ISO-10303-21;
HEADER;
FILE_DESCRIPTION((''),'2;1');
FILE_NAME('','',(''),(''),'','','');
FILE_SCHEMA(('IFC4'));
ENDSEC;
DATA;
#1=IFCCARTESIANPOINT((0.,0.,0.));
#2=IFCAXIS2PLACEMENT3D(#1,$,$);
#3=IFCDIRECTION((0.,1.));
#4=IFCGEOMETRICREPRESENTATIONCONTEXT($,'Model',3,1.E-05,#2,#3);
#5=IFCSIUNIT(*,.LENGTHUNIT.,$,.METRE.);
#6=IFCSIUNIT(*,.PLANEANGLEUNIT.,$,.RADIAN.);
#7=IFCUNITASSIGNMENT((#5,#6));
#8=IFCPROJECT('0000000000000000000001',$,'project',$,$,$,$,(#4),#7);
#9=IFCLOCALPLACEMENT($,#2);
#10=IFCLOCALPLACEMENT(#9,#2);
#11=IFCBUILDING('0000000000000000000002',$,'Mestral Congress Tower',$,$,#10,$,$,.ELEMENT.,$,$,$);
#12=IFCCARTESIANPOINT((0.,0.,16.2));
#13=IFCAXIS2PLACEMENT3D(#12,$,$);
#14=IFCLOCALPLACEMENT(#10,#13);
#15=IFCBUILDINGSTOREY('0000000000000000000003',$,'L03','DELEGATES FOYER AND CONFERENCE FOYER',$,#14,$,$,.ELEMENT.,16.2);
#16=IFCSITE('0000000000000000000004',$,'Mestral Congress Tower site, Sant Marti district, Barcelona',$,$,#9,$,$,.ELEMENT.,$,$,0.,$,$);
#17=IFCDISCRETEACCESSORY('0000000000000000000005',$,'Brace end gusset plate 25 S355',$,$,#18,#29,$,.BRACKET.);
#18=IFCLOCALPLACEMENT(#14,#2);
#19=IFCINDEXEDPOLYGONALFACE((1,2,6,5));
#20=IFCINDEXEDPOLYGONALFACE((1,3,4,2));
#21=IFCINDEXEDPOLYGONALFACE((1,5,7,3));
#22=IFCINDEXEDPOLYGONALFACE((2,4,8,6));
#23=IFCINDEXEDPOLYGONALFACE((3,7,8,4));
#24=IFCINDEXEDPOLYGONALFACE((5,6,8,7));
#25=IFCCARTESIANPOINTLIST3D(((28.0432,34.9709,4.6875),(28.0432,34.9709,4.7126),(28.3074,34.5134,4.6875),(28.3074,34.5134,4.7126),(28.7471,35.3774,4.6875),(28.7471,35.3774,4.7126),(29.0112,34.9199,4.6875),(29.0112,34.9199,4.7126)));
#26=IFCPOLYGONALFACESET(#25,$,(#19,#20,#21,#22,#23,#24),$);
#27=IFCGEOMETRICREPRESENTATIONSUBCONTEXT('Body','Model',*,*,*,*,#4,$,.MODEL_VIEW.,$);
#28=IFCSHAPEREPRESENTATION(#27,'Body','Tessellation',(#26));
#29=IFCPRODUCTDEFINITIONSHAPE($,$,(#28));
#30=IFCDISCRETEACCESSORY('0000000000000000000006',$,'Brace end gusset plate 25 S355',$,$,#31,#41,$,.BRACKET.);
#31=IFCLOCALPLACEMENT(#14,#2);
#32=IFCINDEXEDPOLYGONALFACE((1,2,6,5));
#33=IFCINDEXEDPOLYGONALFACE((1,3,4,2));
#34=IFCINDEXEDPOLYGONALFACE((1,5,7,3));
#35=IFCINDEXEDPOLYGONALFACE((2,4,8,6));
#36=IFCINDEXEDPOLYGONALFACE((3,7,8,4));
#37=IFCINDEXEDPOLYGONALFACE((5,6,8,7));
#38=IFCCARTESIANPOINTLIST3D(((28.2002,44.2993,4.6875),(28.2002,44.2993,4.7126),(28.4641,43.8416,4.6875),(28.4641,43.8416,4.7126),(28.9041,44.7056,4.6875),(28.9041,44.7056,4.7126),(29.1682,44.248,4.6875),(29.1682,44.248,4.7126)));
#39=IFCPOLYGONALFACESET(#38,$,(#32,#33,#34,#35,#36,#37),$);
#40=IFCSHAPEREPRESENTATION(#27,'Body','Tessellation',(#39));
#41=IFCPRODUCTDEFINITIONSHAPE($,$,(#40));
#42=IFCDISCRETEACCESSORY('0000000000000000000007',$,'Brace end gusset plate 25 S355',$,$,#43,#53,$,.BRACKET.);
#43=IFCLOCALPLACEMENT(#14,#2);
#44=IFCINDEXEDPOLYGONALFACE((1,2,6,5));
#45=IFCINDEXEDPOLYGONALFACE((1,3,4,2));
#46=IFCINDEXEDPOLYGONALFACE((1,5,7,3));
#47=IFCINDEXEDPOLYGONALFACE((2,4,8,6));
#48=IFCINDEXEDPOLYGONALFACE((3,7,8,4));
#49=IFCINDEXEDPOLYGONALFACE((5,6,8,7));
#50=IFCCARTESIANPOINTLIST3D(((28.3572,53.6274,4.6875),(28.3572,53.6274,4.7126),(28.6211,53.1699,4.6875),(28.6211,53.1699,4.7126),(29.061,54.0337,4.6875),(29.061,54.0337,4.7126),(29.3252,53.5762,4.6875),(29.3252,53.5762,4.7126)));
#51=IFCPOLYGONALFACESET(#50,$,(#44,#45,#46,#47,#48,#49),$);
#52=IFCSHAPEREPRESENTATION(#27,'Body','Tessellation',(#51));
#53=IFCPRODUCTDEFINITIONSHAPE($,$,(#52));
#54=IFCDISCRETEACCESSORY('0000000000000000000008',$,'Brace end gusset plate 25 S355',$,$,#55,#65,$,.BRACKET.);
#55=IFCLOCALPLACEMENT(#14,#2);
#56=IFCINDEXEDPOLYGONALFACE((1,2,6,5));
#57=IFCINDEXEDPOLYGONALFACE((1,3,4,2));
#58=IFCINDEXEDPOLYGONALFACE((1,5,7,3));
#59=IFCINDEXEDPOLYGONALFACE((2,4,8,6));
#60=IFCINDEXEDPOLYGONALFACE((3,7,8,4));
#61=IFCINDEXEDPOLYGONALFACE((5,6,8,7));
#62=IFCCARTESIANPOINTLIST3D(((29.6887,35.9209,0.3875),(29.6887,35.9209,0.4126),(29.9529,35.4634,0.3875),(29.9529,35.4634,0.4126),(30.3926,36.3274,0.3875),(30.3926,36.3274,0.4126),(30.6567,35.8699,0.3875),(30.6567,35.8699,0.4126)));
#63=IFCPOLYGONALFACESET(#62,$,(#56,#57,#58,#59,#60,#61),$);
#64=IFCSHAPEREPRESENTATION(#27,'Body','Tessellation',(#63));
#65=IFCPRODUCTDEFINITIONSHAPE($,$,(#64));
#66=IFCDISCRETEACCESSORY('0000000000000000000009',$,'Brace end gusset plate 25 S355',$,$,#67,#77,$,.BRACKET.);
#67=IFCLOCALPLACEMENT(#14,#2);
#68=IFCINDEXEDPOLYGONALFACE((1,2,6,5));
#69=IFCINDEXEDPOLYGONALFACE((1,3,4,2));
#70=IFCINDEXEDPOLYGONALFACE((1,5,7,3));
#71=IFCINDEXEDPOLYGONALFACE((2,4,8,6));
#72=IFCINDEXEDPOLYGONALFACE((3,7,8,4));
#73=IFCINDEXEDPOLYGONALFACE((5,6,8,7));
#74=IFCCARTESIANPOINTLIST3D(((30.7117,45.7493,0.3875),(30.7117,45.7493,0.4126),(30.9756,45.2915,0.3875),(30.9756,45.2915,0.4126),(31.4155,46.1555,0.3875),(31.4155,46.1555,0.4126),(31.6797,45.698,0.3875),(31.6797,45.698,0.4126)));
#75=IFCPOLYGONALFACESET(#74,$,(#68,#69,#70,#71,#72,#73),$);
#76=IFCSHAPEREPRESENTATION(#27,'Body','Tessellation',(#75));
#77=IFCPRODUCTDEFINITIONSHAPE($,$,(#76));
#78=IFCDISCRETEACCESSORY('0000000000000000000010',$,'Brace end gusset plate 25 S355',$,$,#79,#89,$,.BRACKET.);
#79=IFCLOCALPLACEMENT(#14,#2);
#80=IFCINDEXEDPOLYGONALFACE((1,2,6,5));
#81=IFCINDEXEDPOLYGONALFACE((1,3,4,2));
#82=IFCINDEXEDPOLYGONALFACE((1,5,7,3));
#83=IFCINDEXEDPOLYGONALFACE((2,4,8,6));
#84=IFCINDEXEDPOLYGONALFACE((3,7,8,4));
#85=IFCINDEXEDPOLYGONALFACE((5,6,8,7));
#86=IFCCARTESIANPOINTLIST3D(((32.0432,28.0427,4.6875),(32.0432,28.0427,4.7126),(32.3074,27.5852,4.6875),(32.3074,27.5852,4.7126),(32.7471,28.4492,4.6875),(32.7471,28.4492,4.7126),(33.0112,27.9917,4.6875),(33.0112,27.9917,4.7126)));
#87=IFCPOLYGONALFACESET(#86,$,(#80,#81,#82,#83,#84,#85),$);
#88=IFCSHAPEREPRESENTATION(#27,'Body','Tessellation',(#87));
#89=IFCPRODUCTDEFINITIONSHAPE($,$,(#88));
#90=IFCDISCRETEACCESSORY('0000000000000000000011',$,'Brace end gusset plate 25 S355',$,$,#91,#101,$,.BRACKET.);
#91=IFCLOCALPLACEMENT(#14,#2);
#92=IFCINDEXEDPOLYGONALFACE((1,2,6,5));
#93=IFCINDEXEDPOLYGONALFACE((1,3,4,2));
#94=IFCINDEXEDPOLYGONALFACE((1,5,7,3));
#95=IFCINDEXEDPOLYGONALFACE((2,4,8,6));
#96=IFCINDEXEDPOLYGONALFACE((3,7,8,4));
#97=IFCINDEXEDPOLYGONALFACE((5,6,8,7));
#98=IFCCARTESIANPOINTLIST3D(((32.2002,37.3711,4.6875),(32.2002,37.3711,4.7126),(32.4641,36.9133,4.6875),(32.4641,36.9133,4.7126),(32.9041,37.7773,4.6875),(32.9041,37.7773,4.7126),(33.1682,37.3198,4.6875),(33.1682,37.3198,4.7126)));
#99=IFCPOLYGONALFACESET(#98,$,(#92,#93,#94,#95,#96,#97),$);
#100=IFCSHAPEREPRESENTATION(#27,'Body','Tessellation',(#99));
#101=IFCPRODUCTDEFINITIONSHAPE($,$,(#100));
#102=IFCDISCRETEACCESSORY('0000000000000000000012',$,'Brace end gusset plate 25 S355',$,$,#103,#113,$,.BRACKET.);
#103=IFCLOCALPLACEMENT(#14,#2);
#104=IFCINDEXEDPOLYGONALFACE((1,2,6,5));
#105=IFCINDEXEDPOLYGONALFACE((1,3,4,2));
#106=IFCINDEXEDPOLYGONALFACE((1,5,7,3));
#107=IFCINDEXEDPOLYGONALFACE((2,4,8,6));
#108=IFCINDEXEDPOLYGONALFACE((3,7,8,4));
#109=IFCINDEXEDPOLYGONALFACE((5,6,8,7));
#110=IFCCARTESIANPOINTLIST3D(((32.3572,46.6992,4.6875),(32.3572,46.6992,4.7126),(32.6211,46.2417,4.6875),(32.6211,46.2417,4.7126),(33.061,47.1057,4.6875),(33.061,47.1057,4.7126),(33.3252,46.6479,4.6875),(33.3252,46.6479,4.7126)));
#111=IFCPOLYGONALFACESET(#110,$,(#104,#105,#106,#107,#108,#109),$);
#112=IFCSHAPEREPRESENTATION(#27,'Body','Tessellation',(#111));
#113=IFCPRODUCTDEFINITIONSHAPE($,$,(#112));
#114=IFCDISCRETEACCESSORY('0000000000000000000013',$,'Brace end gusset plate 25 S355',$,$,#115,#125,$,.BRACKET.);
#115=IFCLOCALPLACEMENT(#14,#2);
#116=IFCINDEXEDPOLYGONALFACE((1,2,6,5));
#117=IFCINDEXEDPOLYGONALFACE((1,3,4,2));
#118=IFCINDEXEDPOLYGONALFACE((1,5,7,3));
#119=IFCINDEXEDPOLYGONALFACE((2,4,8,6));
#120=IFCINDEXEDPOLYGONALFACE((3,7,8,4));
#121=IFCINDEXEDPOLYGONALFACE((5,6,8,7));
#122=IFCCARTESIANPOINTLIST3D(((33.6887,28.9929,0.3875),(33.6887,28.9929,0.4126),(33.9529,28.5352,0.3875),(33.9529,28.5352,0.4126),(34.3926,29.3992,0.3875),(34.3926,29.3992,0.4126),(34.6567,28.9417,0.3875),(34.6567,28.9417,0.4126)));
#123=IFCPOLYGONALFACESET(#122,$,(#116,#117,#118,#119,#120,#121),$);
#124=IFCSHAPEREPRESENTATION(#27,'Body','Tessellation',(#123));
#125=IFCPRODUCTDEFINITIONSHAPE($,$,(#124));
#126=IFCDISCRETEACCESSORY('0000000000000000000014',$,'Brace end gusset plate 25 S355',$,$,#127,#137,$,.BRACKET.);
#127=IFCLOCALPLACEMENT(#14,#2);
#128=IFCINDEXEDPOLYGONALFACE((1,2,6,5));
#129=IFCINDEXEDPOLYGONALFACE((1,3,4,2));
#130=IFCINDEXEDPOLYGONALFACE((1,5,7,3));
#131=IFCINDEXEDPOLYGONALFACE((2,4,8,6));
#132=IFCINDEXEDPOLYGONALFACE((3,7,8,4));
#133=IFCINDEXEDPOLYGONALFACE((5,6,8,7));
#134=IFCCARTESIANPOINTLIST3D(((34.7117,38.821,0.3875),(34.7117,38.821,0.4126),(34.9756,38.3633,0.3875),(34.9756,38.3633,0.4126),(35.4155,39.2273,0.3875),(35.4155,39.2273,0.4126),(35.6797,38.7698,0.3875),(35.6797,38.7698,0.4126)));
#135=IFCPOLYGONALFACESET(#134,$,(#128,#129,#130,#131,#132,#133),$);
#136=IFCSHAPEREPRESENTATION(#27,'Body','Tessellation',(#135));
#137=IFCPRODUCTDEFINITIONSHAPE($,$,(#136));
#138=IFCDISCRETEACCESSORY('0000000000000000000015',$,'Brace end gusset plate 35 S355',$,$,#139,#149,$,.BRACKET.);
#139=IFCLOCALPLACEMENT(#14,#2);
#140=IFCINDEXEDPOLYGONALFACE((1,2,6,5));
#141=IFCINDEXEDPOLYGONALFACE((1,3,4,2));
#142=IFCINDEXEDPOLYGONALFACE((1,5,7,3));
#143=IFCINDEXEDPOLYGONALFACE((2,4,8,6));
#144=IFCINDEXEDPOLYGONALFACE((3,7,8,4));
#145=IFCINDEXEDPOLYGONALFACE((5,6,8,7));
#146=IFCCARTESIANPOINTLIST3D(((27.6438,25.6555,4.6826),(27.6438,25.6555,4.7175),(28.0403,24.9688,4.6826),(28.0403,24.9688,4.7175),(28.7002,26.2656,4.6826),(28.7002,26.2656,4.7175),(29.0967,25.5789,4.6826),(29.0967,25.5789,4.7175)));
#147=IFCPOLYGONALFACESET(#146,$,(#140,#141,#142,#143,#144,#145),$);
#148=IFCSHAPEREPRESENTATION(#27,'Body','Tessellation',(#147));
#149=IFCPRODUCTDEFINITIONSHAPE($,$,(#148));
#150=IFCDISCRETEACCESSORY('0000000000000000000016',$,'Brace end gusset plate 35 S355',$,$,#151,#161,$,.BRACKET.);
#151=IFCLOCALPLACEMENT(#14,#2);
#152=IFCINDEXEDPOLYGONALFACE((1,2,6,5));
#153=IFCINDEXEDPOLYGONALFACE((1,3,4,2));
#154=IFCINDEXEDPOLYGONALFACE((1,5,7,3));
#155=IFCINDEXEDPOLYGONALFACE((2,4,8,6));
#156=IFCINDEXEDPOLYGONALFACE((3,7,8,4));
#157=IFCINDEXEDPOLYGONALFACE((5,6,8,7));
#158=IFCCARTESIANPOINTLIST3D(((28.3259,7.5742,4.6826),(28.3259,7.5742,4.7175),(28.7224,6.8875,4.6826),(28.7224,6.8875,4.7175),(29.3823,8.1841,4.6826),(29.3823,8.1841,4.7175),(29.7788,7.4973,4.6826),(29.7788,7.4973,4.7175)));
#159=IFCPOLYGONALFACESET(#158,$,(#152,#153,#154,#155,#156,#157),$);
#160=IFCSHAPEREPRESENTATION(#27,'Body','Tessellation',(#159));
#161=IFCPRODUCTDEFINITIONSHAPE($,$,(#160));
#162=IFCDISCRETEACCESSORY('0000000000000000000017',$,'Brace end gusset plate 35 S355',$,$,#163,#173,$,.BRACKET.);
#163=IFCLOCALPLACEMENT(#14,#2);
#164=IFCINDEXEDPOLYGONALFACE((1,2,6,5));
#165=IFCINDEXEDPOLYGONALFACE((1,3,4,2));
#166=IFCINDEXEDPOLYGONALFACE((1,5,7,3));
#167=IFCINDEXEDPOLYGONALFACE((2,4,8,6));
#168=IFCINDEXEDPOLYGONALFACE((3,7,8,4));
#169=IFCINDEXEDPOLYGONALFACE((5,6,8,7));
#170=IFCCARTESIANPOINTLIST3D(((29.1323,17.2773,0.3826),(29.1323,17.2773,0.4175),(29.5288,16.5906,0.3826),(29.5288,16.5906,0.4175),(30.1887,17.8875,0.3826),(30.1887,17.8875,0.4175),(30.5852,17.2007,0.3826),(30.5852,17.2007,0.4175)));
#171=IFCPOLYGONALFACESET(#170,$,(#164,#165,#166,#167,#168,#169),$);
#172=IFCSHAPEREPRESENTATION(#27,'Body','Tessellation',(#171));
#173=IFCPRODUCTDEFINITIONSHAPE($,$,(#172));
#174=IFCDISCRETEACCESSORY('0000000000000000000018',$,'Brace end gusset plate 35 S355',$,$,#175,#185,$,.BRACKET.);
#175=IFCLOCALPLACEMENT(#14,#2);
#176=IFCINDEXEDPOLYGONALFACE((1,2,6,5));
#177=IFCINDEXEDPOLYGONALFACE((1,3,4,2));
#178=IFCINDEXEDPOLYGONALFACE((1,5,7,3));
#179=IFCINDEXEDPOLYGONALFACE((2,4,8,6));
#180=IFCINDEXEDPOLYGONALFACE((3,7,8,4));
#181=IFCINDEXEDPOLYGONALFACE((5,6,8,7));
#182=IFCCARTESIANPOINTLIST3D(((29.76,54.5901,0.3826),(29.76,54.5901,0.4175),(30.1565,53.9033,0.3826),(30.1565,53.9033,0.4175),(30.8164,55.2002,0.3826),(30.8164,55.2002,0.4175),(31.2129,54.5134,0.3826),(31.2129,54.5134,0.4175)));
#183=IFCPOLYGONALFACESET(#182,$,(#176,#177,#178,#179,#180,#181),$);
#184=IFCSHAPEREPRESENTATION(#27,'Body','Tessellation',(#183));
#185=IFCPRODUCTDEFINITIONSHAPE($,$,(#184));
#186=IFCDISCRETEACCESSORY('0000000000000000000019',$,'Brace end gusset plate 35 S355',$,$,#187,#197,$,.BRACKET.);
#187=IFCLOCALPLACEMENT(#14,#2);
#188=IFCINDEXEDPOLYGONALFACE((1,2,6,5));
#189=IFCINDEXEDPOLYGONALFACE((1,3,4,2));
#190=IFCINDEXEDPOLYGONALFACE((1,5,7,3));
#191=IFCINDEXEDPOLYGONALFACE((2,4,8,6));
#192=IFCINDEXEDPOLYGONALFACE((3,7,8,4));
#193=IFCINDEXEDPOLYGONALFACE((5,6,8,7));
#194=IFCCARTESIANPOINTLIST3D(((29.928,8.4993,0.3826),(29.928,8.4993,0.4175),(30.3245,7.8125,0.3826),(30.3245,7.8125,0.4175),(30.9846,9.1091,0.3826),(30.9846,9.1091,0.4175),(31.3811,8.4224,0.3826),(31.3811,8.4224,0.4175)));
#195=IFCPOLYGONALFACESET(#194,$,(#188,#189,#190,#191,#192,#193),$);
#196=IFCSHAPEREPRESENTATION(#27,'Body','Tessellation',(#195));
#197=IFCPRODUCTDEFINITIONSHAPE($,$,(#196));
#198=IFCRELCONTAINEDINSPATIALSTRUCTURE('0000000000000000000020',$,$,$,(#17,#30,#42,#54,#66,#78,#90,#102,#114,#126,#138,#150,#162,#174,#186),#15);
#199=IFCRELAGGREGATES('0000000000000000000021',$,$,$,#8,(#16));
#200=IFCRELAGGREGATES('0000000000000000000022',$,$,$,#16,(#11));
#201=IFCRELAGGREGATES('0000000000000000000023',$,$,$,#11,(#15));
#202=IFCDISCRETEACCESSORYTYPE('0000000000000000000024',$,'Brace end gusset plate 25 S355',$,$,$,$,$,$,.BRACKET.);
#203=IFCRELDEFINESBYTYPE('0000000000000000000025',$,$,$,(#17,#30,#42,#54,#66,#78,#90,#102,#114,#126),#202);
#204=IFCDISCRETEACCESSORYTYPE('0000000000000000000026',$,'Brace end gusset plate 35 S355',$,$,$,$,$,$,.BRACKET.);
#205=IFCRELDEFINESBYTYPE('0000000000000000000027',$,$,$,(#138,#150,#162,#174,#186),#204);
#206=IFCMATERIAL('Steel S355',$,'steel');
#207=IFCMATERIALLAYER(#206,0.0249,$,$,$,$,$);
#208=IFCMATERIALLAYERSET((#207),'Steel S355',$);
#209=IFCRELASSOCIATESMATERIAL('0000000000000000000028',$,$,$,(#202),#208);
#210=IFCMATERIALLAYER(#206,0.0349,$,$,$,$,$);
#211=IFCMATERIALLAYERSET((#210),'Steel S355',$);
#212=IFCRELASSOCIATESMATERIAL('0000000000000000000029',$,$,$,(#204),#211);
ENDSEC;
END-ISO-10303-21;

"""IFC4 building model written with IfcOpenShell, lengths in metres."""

from ifc_helpers import new_model, si_unit, direction, frame, origin, place, context, subcontext, project, spatial, polyline, outline, extrude, material, layer, layer_set, type_object, element, save


model = new_model("IFC4")

# Units and contexts
model_context = context("Model", 3, precision=1e-05, world=origin(), true_north=direction((0.0, 1.0)))
body_context = subcontext(model_context, "Body", "Model", "MODEL_VIEW")
ifc_project = project(units=[si_unit("LENGTHUNIT", "METRE"), si_unit("PLANEANGLEUNIT", "RADIAN")], contexts=[model_context])

# Site, building, storey
site_placement = place(None, origin())
site = spatial("IfcSite", under=ifc_project, at=site_placement, Name="Mestral Congress Tower site, Sant Marti district, Barcelona", CompositionType="ELEMENT", RefElevation=0.0)
building_placement = place(site_placement, origin())
building = spatial("IfcBuilding", under=site, at=building_placement, Name="Mestral Congress Tower", CompositionType="ELEMENT")
storey_placement = place(building_placement, frame((0.0, 0.0, 16.2)))
storey = spatial("IfcBuildingStorey", under=building, at=storey_placement, Name="L03", Description="DELEGATES FOYER AND CONFERENCE FOYER", CompositionType="ELEMENT", Elevation=16.2)

# Discrete accessories
ifc_material = material(Name="Steel S355", Category="steel")
ifc_layer_1 = layer(ifc_material, 0.0249)
ifc_layer_set_1 = layer_set([ifc_layer_1], Name="Steel S355")
discrete_accessory_type_1 = type_object("IfcDiscreteAccessoryType", Name="Brace end gusset plate 25 S355", PredefinedType="BRACKET", material=ifc_layer_set_1)
placement_1 = place(storey_placement, frame((0.0, 0.0, 4.6875)))
element("IfcDiscreteAccessory", 1, at=placement_1, inside=storey, type_object=discrete_accessory_type_1, Name="Brace end gusset plate 25 S355", PredefinedType="BRACKET", context=body_context, shape_type="SweptSolid", body=[
    extrude(outline(polyline([(28.7471, 35.3774), (28.0432, 34.9709), (28.3074, 34.5134), (29.0112, 34.9199), (28.7471, 35.3774)])), origin(), (0.0, 0.0, 1.0), 0.0251),
])
element("IfcDiscreteAccessory", 2, at=placement_1, inside=storey, type_object=discrete_accessory_type_1, Name="Brace end gusset plate 25 S355", PredefinedType="BRACKET", context=body_context, shape_type="SweptSolid", body=[
    extrude(outline(polyline([(28.9041, 44.7056), (28.2002, 44.2993), (28.4641, 43.8416), (29.1682, 44.248), (28.9041, 44.7056)])), origin(), (0.0, 0.0, 1.0), 0.0251),
])
element("IfcDiscreteAccessory", 3, at=placement_1, inside=storey, type_object=discrete_accessory_type_1, Name="Brace end gusset plate 25 S355", PredefinedType="BRACKET", context=body_context, shape_type="SweptSolid", body=[
    extrude(outline(polyline([(29.061, 54.0337), (28.3572, 53.6274), (28.6211, 53.1699), (29.3252, 53.5762), (29.061, 54.0337)])), origin(), (0.0, 0.0, 1.0), 0.0251),
])
placement_2 = place(storey_placement, frame((0.0, 0.0, 0.3875)))
element("IfcDiscreteAccessory", 4, at=placement_2, inside=storey, type_object=discrete_accessory_type_1, Name="Brace end gusset plate 25 S355", PredefinedType="BRACKET", context=body_context, shape_type="SweptSolid", body=[
    extrude(outline(polyline([(30.3926, 36.3274), (29.6887, 35.9209), (29.9529, 35.4634), (30.6567, 35.8699), (30.3926, 36.3274)])), origin(), (0.0, 0.0, 1.0), 0.0251),
])
element("IfcDiscreteAccessory", 5, at=placement_2, inside=storey, type_object=discrete_accessory_type_1, Name="Brace end gusset plate 25 S355", PredefinedType="BRACKET", context=body_context, shape_type="SweptSolid", body=[
    extrude(outline(polyline([(31.4155, 46.1555), (30.7117, 45.7493), (30.9756, 45.2915), (31.6797, 45.698), (31.4155, 46.1555)])), origin(), (0.0, 0.0, 1.0), 0.0251),
])
element("IfcDiscreteAccessory", 6, at=placement_1, inside=storey, type_object=discrete_accessory_type_1, Name="Brace end gusset plate 25 S355", PredefinedType="BRACKET", context=body_context, shape_type="SweptSolid", body=[
    extrude(outline(polyline([(32.7471, 28.4492), (32.0432, 28.0427), (32.3074, 27.5852), (33.0112, 27.9917), (32.7471, 28.4492)])), origin(), (0.0, 0.0, 1.0), 0.0251),
])
element("IfcDiscreteAccessory", 7, at=placement_1, inside=storey, type_object=discrete_accessory_type_1, Name="Brace end gusset plate 25 S355", PredefinedType="BRACKET", context=body_context, shape_type="SweptSolid", body=[
    extrude(outline(polyline([(32.9041, 37.7773), (32.2002, 37.3711), (32.4641, 36.9133), (33.1682, 37.3198), (32.9041, 37.7773)])), origin(), (0.0, 0.0, 1.0), 0.0251),
])
element("IfcDiscreteAccessory", 8, at=placement_1, inside=storey, type_object=discrete_accessory_type_1, Name="Brace end gusset plate 25 S355", PredefinedType="BRACKET", context=body_context, shape_type="SweptSolid", body=[
    extrude(outline(polyline([(33.061, 47.1057), (32.3572, 46.6992), (32.6211, 46.2417), (33.3252, 46.6479), (33.061, 47.1057)])), origin(), (0.0, 0.0, 1.0), 0.0251),
])
element("IfcDiscreteAccessory", 9, at=placement_2, inside=storey, type_object=discrete_accessory_type_1, Name="Brace end gusset plate 25 S355", PredefinedType="BRACKET", context=body_context, shape_type="SweptSolid", body=[
    extrude(outline(polyline([(34.3926, 29.3992), (33.6887, 28.9929), (33.9529, 28.5352), (34.6567, 28.9417), (34.3926, 29.3992)])), origin(), (0.0, 0.0, 1.0), 0.0251),
])
element("IfcDiscreteAccessory", 10, at=placement_2, inside=storey, type_object=discrete_accessory_type_1, Name="Brace end gusset plate 25 S355", PredefinedType="BRACKET", context=body_context, shape_type="SweptSolid", body=[
    extrude(outline(polyline([(35.4155, 39.2273), (34.7117, 38.821), (34.9756, 38.3633), (35.6797, 38.7698), (35.4155, 39.2273)])), origin(), (0.0, 0.0, 1.0), 0.0251),
])
ifc_layer_2 = layer(ifc_material, 0.0349)
ifc_layer_set_2 = layer_set([ifc_layer_2], Name="Steel S355")
discrete_accessory_type_2 = type_object("IfcDiscreteAccessoryType", Name="Brace end gusset plate 35 S355", PredefinedType="BRACKET", material=ifc_layer_set_2)
placement_3 = place(storey_placement, frame((0.0, 0.0, 4.6826)))
element("IfcDiscreteAccessory", 11, at=placement_3, inside=storey, type_object=discrete_accessory_type_2, Name="Brace end gusset plate 35 S355", PredefinedType="BRACKET", context=body_context, shape_type="SweptSolid", body=[
    extrude(outline(polyline([(28.7002, 26.2656), (27.6438, 25.6555), (28.0403, 24.9688), (29.0967, 25.5789), (28.7002, 26.2656)])), origin(), (0.0, 0.0, 1.0), 0.0349),
])
element("IfcDiscreteAccessory", 12, at=placement_3, inside=storey, type_object=discrete_accessory_type_2, Name="Brace end gusset plate 35 S355", PredefinedType="BRACKET", context=body_context, shape_type="SweptSolid", body=[
    extrude(outline(polyline([(29.3823, 8.1841), (28.3259, 7.5742), (28.7224, 6.8875), (29.7788, 7.4973), (29.3823, 8.1841)])), origin(), (0.0, 0.0, 1.0), 0.0349),
])
placement_4 = place(storey_placement, frame((0.0, 0.0, 0.3826)))
element("IfcDiscreteAccessory", 13, at=placement_4, inside=storey, type_object=discrete_accessory_type_2, Name="Brace end gusset plate 35 S355", PredefinedType="BRACKET", context=body_context, shape_type="SweptSolid", body=[
    extrude(outline(polyline([(30.1887, 17.8875), (29.1323, 17.2773), (29.5288, 16.5906), (30.5852, 17.2007), (30.1887, 17.8875)])), origin(), (0.0, 0.0, 1.0), 0.0349),
])
element("IfcDiscreteAccessory", 14, at=placement_4, inside=storey, type_object=discrete_accessory_type_2, Name="Brace end gusset plate 35 S355", PredefinedType="BRACKET", context=body_context, shape_type="SweptSolid", body=[
    extrude(outline(polyline([(30.1565, 53.9033), (31.2129, 54.5134), (30.8164, 55.2002), (29.76, 54.5901), (30.1565, 53.9033)])), origin(), (0.0, 0.0, 1.0), 0.0349),
])
element("IfcDiscreteAccessory", 15, at=placement_4, inside=storey, type_object=discrete_accessory_type_2, Name="Brace end gusset plate 35 S355", PredefinedType="BRACKET", context=body_context, shape_type="SweptSolid", body=[
    extrude(outline(polyline([(30.9846, 9.1091), (29.928, 8.4993), (30.3245, 7.8125), (31.3811, 8.4224), (30.9846, 9.1091)])), origin(), (0.0, 0.0, 1.0), 0.0349),
])

save(model, "model.ifc")
